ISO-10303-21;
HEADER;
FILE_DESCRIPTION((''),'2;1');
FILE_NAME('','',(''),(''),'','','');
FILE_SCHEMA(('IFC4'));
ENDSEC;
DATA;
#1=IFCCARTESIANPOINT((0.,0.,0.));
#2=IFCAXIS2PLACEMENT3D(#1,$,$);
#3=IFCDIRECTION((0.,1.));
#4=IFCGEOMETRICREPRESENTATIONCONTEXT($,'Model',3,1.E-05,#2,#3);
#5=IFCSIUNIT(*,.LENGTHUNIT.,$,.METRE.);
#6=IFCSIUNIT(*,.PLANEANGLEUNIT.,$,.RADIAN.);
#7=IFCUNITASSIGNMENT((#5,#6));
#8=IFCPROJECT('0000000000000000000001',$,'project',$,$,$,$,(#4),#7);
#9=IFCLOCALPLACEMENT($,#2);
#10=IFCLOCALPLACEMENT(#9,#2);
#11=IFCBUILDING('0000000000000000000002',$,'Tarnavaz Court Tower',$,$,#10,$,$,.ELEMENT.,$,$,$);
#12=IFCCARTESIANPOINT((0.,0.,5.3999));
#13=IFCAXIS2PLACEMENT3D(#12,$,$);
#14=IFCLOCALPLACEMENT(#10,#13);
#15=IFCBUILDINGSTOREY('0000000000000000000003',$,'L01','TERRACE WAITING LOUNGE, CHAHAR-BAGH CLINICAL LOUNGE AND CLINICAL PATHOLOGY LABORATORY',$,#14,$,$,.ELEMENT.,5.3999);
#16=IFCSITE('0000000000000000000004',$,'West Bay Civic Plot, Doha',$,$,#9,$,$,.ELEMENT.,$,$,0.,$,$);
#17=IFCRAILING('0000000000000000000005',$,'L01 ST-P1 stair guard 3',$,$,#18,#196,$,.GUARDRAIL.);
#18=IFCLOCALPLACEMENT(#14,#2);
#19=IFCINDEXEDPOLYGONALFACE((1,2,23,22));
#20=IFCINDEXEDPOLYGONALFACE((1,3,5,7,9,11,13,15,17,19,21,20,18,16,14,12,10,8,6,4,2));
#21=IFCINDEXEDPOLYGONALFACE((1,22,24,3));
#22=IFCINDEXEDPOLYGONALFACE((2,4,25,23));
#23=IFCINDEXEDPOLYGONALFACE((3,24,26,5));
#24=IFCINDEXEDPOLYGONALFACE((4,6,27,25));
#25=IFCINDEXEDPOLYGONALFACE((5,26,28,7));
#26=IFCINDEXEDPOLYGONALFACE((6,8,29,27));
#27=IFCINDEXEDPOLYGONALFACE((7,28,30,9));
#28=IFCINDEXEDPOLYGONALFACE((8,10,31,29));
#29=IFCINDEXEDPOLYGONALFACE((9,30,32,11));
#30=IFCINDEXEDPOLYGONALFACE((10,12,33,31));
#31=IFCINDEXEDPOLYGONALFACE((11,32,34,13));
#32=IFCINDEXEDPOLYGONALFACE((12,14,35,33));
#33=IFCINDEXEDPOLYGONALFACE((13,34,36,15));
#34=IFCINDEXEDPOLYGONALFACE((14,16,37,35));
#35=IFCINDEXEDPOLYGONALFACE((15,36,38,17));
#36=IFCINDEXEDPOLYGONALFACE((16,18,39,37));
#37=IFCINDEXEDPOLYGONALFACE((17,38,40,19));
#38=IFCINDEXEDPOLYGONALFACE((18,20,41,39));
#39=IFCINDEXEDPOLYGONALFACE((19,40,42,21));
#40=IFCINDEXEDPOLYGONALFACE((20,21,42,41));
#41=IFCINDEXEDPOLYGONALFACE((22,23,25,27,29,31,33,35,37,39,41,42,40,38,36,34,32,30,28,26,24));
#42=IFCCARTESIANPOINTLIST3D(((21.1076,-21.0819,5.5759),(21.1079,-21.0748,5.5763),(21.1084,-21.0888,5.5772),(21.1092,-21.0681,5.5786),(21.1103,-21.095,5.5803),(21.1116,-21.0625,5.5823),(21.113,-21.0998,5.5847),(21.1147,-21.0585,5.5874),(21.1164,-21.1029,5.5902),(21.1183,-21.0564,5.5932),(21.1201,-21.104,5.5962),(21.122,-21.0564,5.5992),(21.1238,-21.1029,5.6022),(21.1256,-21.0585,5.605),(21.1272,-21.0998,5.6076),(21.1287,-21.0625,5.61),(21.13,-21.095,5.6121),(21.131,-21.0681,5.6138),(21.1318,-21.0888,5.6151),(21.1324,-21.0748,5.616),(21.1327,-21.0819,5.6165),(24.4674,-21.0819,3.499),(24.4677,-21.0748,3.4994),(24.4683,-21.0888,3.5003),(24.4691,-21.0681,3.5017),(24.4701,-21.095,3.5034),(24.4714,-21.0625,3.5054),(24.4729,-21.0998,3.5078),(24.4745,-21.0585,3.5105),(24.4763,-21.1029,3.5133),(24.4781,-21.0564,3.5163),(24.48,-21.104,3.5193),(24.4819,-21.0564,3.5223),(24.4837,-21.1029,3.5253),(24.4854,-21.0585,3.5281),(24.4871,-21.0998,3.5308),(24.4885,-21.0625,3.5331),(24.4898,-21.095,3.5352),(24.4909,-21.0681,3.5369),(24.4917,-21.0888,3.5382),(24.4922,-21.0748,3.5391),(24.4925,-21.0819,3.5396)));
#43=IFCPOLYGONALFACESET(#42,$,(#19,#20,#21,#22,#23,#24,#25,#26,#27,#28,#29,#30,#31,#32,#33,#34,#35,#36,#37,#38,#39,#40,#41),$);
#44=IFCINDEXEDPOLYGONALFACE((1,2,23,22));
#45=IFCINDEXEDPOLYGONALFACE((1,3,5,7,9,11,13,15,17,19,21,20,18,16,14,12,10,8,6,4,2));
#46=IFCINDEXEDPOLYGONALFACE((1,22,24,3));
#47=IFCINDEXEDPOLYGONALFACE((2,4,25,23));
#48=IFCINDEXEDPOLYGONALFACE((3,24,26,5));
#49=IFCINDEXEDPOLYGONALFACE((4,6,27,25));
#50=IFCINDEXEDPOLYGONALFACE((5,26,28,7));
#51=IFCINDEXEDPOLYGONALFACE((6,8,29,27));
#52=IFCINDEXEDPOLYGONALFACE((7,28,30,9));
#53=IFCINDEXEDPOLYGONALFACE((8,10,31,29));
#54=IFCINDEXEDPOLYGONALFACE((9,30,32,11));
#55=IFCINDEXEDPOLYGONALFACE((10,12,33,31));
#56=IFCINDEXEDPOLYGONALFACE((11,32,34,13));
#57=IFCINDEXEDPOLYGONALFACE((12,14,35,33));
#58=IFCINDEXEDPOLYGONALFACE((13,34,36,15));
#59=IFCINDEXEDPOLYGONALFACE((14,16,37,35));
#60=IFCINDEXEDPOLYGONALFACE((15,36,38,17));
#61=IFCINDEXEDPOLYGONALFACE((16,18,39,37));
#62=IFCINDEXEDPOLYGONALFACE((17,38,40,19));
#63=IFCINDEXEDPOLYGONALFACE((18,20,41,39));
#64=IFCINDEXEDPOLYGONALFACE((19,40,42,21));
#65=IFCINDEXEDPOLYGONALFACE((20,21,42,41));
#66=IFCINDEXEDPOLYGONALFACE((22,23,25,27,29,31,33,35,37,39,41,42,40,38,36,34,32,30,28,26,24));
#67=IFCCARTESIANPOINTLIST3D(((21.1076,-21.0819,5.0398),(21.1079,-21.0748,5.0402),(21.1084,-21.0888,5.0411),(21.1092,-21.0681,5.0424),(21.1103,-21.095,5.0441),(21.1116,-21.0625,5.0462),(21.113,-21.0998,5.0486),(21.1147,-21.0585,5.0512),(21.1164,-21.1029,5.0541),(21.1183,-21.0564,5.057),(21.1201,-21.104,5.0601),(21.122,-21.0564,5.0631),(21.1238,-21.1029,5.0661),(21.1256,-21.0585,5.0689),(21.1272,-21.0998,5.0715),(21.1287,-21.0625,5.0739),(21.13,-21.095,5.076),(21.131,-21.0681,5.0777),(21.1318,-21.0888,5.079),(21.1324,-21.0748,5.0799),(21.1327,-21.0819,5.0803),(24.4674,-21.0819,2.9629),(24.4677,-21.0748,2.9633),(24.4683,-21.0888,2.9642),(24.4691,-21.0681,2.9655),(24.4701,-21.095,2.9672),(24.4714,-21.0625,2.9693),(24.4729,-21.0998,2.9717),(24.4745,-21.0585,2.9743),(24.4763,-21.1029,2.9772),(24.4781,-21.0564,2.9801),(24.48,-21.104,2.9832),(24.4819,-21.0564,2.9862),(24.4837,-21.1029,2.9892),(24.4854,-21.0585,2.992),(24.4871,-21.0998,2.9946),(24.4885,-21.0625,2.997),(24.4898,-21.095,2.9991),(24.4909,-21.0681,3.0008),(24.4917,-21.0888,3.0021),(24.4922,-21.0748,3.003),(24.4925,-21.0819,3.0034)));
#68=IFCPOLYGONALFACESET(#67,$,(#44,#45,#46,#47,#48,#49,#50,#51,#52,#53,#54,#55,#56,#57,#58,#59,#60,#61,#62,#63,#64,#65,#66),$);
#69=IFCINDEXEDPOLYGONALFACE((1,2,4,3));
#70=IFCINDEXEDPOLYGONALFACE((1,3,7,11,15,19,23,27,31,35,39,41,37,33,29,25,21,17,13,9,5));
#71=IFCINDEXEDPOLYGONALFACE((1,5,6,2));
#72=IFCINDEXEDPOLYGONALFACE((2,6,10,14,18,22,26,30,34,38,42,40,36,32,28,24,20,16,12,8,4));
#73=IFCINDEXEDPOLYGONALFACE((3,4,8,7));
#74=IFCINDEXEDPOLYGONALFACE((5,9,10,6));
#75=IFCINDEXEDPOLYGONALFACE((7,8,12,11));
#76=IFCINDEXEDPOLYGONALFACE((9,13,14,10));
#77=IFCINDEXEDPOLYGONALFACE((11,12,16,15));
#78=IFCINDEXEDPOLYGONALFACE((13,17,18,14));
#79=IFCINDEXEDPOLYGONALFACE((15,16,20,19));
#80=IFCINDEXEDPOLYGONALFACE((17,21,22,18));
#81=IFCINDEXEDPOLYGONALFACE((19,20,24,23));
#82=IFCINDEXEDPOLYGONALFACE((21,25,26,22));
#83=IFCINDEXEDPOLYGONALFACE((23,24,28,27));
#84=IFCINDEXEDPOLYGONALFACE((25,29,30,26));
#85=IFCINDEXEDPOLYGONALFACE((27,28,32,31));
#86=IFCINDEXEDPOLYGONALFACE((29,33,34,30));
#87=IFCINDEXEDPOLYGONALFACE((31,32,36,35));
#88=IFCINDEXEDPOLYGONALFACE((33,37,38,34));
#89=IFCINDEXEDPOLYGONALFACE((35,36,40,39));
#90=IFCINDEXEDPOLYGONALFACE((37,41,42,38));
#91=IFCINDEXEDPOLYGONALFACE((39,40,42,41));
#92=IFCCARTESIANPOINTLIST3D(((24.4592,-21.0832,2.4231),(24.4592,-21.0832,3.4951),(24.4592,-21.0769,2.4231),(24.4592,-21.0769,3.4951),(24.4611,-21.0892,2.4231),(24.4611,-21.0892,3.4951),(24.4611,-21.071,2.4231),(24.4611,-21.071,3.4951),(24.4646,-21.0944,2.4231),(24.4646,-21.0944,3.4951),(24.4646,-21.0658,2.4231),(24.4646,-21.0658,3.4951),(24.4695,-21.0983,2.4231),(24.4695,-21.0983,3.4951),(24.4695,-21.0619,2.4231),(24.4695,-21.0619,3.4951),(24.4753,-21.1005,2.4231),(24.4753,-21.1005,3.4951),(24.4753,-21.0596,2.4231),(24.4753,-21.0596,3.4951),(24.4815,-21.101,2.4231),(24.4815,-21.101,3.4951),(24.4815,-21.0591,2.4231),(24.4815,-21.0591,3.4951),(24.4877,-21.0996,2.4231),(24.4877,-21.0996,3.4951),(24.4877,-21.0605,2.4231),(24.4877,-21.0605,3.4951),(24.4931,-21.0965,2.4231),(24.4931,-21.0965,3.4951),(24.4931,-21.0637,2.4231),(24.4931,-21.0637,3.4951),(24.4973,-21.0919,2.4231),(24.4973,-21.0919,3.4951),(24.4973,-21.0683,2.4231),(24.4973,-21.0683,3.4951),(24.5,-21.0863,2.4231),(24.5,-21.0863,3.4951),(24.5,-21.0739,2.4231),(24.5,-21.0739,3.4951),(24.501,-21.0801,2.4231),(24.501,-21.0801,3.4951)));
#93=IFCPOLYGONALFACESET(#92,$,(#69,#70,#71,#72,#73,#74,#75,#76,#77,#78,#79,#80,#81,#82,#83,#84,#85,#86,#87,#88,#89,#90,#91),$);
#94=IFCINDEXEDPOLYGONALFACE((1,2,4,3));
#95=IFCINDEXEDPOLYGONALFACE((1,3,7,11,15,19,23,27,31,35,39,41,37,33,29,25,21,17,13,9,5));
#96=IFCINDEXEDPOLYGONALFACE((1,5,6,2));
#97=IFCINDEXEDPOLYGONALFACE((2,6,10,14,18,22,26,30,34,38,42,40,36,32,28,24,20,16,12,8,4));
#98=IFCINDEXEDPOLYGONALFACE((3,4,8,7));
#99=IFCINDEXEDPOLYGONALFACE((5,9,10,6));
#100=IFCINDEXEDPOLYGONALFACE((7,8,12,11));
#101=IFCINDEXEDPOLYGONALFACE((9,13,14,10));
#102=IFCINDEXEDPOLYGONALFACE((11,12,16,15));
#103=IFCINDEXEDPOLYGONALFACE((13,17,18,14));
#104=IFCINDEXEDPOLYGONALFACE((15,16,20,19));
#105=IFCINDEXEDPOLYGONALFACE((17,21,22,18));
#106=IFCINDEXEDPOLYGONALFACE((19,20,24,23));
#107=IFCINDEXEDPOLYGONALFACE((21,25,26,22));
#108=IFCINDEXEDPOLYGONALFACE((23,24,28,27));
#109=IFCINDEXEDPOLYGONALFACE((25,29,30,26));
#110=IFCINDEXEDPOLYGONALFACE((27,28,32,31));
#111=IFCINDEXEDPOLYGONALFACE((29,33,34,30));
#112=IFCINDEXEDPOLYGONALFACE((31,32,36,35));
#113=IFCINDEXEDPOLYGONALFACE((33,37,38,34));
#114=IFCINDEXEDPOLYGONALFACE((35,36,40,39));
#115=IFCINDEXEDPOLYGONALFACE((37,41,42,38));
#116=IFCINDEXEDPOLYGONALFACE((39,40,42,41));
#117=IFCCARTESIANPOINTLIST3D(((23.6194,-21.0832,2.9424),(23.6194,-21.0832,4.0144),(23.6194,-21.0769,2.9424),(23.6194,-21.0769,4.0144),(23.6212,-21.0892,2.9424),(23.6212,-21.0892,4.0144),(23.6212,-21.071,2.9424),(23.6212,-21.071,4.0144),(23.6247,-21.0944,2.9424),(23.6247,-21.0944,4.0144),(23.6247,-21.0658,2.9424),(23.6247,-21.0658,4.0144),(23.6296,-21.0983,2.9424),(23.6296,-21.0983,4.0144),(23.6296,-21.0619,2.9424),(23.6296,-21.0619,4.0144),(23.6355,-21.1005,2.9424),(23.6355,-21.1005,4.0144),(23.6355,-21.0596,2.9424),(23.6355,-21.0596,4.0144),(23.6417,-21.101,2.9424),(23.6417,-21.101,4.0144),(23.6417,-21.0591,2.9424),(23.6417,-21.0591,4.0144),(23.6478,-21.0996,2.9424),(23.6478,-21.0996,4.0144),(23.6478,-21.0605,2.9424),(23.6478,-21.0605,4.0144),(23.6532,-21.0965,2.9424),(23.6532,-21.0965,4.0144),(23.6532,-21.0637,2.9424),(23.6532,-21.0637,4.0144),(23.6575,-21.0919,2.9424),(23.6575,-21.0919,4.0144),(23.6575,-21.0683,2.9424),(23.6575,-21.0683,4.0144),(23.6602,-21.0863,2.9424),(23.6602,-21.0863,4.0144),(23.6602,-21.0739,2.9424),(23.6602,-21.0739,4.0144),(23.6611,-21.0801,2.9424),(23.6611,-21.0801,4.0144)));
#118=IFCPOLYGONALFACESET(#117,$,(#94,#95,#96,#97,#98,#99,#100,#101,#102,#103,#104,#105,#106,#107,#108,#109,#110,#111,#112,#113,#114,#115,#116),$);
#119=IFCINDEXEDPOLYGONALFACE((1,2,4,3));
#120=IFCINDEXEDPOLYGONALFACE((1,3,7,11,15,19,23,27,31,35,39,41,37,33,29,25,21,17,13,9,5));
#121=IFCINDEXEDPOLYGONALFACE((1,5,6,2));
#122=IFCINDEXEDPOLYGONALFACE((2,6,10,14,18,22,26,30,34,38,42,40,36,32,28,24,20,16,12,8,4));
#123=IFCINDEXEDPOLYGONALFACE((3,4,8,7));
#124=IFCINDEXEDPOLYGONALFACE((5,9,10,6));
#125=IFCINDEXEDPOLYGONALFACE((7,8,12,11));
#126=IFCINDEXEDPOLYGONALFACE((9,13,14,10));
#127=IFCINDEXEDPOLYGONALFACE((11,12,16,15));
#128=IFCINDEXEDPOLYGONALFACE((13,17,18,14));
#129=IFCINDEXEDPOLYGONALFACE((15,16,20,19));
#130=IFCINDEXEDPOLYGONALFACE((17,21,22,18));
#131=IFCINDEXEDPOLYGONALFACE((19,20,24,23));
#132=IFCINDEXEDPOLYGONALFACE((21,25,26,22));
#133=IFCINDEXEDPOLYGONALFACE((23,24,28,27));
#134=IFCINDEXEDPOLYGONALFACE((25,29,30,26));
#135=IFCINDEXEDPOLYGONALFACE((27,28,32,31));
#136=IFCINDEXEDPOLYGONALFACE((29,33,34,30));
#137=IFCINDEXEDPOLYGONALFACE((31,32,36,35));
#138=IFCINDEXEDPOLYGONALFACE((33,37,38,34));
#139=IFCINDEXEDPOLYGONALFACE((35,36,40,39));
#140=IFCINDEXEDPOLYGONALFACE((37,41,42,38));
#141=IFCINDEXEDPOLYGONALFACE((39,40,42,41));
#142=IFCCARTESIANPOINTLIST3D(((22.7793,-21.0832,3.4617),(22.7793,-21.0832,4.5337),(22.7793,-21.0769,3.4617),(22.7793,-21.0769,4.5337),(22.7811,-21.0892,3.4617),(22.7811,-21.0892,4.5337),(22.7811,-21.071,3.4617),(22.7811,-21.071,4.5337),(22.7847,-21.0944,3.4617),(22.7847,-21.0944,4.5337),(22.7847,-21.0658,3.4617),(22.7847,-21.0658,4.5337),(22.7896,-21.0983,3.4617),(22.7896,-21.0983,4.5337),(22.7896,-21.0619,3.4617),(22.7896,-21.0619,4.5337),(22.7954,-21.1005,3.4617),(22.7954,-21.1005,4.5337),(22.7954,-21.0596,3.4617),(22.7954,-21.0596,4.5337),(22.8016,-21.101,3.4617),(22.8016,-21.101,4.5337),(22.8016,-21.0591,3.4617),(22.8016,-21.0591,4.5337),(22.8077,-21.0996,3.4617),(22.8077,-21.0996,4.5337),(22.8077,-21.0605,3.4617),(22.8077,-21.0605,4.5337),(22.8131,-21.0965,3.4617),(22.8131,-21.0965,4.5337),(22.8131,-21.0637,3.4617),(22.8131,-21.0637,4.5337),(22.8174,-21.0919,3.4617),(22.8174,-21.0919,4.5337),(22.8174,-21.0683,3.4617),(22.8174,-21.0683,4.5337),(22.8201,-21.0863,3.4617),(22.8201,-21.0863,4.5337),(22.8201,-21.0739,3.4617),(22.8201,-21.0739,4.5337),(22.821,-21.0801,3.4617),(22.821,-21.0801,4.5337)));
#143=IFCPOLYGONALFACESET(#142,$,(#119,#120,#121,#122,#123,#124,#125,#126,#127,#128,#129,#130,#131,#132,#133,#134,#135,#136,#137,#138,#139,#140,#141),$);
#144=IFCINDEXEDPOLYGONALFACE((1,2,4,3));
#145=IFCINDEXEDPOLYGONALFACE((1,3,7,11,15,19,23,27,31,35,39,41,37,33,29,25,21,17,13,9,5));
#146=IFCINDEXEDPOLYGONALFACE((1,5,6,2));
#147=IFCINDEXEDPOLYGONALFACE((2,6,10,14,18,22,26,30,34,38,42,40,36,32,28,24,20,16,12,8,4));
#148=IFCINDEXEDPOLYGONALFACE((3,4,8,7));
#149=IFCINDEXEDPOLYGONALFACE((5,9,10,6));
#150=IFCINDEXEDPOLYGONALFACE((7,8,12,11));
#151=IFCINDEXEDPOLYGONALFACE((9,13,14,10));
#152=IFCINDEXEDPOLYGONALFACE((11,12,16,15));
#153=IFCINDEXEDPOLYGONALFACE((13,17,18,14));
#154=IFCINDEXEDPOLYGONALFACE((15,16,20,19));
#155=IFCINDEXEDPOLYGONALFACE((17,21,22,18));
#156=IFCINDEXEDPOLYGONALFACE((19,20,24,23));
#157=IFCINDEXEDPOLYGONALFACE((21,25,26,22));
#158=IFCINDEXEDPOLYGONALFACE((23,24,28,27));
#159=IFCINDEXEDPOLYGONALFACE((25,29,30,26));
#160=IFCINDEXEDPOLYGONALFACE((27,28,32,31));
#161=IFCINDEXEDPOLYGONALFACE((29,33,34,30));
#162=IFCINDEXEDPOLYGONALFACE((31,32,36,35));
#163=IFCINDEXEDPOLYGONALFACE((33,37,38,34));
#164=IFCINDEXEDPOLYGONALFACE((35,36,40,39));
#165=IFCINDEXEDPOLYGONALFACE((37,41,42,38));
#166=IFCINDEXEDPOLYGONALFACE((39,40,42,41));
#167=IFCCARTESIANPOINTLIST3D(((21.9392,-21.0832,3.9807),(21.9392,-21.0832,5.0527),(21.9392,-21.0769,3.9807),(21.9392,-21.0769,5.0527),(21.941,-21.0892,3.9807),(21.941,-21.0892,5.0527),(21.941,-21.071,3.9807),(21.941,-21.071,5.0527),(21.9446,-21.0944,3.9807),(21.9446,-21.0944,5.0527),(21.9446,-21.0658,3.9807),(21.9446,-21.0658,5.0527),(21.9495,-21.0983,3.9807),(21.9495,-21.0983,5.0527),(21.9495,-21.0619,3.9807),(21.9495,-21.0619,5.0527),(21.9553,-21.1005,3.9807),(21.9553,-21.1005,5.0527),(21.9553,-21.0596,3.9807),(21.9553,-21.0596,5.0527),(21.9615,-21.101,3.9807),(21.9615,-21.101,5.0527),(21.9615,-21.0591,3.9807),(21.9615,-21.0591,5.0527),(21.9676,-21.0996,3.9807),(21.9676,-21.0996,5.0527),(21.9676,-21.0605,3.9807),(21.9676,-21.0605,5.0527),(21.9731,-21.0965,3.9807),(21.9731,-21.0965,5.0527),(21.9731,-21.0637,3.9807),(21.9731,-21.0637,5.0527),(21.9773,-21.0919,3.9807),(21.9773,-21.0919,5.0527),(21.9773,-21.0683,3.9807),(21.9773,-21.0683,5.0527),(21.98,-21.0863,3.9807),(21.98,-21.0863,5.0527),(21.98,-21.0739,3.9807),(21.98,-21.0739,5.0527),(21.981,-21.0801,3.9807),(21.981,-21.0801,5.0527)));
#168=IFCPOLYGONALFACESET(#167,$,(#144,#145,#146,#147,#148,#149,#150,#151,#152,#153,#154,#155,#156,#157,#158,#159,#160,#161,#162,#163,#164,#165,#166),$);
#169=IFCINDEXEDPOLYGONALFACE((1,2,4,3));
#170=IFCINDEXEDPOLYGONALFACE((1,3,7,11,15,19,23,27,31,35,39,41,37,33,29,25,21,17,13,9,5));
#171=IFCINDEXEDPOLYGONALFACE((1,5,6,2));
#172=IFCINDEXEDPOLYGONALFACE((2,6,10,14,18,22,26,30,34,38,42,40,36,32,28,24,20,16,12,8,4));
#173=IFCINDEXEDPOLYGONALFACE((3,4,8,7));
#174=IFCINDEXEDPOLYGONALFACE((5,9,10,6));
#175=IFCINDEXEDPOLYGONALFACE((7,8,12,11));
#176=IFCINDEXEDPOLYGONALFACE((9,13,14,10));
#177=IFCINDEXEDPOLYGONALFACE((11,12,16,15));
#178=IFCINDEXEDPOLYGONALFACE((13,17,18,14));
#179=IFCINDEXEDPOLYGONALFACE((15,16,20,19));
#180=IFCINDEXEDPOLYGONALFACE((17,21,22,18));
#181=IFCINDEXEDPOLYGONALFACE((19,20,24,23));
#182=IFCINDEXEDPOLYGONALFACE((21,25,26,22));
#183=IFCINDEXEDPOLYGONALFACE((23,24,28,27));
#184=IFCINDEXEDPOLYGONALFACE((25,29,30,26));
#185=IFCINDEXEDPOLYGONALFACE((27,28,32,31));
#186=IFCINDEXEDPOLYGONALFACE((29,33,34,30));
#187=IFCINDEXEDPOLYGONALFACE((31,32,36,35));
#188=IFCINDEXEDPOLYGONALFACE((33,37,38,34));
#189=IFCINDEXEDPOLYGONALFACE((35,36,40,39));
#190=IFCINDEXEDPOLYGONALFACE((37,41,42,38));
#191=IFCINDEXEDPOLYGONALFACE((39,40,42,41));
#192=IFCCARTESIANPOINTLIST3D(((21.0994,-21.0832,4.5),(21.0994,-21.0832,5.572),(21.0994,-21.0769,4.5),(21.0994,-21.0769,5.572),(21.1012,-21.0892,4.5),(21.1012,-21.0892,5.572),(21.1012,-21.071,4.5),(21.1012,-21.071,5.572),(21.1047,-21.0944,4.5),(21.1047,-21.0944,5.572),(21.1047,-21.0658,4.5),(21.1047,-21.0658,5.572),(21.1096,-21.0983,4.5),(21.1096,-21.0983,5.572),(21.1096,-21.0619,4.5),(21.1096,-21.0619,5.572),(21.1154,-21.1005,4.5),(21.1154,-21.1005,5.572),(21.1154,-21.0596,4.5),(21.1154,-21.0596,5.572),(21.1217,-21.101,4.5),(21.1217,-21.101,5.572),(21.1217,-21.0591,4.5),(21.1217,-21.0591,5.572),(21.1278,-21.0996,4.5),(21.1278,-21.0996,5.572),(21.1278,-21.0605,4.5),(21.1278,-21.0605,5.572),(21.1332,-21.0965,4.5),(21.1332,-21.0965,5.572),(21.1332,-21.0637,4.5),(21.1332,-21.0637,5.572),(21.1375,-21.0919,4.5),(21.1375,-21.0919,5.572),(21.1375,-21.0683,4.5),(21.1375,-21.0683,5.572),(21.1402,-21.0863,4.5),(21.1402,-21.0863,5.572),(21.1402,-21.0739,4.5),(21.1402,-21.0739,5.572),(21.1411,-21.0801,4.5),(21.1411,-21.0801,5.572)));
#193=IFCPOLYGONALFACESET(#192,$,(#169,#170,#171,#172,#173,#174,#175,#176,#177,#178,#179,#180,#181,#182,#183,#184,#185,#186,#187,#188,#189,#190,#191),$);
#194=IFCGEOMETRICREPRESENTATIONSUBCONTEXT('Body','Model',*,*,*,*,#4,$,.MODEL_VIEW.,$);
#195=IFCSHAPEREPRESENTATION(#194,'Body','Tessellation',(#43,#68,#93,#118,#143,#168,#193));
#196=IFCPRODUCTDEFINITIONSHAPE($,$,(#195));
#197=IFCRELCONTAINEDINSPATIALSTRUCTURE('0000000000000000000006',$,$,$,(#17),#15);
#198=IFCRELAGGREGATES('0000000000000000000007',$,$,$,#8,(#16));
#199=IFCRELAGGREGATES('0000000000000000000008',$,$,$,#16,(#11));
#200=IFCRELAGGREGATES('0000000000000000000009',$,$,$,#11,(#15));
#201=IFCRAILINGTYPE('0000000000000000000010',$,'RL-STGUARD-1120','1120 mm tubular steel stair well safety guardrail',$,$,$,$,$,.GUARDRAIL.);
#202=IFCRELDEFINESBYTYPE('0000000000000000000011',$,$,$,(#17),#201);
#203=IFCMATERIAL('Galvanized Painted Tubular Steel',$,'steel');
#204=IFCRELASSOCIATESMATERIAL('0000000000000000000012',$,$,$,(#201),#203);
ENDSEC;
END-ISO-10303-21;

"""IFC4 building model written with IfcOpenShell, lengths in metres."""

from ifc_helpers import new_model, si_unit, direction, frame, origin, origin_2d, place, context, subcontext, project, spatial, circle, extrude, material, type_object, element, save


model = new_model("IFC4")

# Units and contexts
model_context = context("Model", 3, precision=1e-05, world=origin(), true_north=direction((0.0, 1.0)))
body_context = subcontext(model_context, "Body", "Model", "MODEL_VIEW")
ifc_project = project(units=[si_unit("LENGTHUNIT", "METRE"), si_unit("PLANEANGLEUNIT", "RADIAN")], contexts=[model_context])

# Site, building, storey
site_placement = place(None, origin())
site = spatial("IfcSite", under=ifc_project, at=site_placement, Name="West Bay Civic Plot, Doha", CompositionType="ELEMENT", RefElevation=0.0)
building_placement = place(site_placement, origin())
building = spatial("IfcBuilding", under=site, at=building_placement, Name="Tarnavaz Court Tower", CompositionType="ELEMENT")
storey_placement = place(building_placement, frame((0.0, 0.0, 5.3999)))
storey = spatial("IfcBuildingStorey", under=building, at=storey_placement, Name="L01", Description="TERRACE WAITING LOUNGE, CHAHAR-BAGH CLINICAL LOUNGE AND CLINICAL PATHOLOGY LABORATORY", CompositionType="ELEMENT", Elevation=5.3999)

# Railing
ifc_material_1 = material(Name="Galvanized Painted Tubular Steel", Category="steel")
railing_type_1 = type_object("IfcRailingType", Name="RL-STGUARD-1120", Description="1120 mm tubular steel stair well safety guardrail", PredefinedType="GUARDRAIL", material=ifc_material_1)
railing_1_placement = place(storey_placement, frame((24.48, -21.0801, 2.4231)))
element("IfcRailing", 1, at=railing_1_placement, inside=storey, type_object=railing_type_1, Name="L01 ST-P1 stair guard 3", PredefinedType="GUARDRAIL", context=body_context, shape_type="SweptSolid", body=[
    extrude(circle(Radius=0.0239, at=origin_2d()), frame((0.0, 0.0, 1.0962), z_axis=(-0.850606, 0.0, 0.525803), x_axis=(0.0, -1.0, 0.0)), (0.0, 0.0, 1.0), 3.95),
    extrude(circle(Radius=0.0239, at=origin_2d()), frame((0.0, 0.0, 0.5601), z_axis=(-0.850606, 0.0, 0.525803), x_axis=(0.0, -1.0, 0.0)), (0.0, 0.0, 1.0), 3.95),
    extrude(circle(Radius=0.021, at=origin_2d()), origin(), (0.0, 0.0, 1.0), 1.072),
    extrude(circle(Radius=0.021, at=origin_2d()), frame((-0.8398, 0.0, 0.5193)), (0.0, 0.0, 1.0), 1.072),
    extrude(circle(Radius=0.021, at=origin_2d()), frame((-1.6799, 0.0, 1.0386)), (0.0, 0.0, 1.0), 1.072),
    extrude(circle(Radius=0.021, at=origin_2d()), frame((-2.52, 0.0, 1.5576)), (0.0, 0.0, 1.0), 1.072),
    extrude(circle(Radius=0.021, at=origin_2d()), frame((-3.3599, 0.0, 2.0769)), (0.0, 0.0, 1.0), 1.072),
])

save(model, "model.ifc")
